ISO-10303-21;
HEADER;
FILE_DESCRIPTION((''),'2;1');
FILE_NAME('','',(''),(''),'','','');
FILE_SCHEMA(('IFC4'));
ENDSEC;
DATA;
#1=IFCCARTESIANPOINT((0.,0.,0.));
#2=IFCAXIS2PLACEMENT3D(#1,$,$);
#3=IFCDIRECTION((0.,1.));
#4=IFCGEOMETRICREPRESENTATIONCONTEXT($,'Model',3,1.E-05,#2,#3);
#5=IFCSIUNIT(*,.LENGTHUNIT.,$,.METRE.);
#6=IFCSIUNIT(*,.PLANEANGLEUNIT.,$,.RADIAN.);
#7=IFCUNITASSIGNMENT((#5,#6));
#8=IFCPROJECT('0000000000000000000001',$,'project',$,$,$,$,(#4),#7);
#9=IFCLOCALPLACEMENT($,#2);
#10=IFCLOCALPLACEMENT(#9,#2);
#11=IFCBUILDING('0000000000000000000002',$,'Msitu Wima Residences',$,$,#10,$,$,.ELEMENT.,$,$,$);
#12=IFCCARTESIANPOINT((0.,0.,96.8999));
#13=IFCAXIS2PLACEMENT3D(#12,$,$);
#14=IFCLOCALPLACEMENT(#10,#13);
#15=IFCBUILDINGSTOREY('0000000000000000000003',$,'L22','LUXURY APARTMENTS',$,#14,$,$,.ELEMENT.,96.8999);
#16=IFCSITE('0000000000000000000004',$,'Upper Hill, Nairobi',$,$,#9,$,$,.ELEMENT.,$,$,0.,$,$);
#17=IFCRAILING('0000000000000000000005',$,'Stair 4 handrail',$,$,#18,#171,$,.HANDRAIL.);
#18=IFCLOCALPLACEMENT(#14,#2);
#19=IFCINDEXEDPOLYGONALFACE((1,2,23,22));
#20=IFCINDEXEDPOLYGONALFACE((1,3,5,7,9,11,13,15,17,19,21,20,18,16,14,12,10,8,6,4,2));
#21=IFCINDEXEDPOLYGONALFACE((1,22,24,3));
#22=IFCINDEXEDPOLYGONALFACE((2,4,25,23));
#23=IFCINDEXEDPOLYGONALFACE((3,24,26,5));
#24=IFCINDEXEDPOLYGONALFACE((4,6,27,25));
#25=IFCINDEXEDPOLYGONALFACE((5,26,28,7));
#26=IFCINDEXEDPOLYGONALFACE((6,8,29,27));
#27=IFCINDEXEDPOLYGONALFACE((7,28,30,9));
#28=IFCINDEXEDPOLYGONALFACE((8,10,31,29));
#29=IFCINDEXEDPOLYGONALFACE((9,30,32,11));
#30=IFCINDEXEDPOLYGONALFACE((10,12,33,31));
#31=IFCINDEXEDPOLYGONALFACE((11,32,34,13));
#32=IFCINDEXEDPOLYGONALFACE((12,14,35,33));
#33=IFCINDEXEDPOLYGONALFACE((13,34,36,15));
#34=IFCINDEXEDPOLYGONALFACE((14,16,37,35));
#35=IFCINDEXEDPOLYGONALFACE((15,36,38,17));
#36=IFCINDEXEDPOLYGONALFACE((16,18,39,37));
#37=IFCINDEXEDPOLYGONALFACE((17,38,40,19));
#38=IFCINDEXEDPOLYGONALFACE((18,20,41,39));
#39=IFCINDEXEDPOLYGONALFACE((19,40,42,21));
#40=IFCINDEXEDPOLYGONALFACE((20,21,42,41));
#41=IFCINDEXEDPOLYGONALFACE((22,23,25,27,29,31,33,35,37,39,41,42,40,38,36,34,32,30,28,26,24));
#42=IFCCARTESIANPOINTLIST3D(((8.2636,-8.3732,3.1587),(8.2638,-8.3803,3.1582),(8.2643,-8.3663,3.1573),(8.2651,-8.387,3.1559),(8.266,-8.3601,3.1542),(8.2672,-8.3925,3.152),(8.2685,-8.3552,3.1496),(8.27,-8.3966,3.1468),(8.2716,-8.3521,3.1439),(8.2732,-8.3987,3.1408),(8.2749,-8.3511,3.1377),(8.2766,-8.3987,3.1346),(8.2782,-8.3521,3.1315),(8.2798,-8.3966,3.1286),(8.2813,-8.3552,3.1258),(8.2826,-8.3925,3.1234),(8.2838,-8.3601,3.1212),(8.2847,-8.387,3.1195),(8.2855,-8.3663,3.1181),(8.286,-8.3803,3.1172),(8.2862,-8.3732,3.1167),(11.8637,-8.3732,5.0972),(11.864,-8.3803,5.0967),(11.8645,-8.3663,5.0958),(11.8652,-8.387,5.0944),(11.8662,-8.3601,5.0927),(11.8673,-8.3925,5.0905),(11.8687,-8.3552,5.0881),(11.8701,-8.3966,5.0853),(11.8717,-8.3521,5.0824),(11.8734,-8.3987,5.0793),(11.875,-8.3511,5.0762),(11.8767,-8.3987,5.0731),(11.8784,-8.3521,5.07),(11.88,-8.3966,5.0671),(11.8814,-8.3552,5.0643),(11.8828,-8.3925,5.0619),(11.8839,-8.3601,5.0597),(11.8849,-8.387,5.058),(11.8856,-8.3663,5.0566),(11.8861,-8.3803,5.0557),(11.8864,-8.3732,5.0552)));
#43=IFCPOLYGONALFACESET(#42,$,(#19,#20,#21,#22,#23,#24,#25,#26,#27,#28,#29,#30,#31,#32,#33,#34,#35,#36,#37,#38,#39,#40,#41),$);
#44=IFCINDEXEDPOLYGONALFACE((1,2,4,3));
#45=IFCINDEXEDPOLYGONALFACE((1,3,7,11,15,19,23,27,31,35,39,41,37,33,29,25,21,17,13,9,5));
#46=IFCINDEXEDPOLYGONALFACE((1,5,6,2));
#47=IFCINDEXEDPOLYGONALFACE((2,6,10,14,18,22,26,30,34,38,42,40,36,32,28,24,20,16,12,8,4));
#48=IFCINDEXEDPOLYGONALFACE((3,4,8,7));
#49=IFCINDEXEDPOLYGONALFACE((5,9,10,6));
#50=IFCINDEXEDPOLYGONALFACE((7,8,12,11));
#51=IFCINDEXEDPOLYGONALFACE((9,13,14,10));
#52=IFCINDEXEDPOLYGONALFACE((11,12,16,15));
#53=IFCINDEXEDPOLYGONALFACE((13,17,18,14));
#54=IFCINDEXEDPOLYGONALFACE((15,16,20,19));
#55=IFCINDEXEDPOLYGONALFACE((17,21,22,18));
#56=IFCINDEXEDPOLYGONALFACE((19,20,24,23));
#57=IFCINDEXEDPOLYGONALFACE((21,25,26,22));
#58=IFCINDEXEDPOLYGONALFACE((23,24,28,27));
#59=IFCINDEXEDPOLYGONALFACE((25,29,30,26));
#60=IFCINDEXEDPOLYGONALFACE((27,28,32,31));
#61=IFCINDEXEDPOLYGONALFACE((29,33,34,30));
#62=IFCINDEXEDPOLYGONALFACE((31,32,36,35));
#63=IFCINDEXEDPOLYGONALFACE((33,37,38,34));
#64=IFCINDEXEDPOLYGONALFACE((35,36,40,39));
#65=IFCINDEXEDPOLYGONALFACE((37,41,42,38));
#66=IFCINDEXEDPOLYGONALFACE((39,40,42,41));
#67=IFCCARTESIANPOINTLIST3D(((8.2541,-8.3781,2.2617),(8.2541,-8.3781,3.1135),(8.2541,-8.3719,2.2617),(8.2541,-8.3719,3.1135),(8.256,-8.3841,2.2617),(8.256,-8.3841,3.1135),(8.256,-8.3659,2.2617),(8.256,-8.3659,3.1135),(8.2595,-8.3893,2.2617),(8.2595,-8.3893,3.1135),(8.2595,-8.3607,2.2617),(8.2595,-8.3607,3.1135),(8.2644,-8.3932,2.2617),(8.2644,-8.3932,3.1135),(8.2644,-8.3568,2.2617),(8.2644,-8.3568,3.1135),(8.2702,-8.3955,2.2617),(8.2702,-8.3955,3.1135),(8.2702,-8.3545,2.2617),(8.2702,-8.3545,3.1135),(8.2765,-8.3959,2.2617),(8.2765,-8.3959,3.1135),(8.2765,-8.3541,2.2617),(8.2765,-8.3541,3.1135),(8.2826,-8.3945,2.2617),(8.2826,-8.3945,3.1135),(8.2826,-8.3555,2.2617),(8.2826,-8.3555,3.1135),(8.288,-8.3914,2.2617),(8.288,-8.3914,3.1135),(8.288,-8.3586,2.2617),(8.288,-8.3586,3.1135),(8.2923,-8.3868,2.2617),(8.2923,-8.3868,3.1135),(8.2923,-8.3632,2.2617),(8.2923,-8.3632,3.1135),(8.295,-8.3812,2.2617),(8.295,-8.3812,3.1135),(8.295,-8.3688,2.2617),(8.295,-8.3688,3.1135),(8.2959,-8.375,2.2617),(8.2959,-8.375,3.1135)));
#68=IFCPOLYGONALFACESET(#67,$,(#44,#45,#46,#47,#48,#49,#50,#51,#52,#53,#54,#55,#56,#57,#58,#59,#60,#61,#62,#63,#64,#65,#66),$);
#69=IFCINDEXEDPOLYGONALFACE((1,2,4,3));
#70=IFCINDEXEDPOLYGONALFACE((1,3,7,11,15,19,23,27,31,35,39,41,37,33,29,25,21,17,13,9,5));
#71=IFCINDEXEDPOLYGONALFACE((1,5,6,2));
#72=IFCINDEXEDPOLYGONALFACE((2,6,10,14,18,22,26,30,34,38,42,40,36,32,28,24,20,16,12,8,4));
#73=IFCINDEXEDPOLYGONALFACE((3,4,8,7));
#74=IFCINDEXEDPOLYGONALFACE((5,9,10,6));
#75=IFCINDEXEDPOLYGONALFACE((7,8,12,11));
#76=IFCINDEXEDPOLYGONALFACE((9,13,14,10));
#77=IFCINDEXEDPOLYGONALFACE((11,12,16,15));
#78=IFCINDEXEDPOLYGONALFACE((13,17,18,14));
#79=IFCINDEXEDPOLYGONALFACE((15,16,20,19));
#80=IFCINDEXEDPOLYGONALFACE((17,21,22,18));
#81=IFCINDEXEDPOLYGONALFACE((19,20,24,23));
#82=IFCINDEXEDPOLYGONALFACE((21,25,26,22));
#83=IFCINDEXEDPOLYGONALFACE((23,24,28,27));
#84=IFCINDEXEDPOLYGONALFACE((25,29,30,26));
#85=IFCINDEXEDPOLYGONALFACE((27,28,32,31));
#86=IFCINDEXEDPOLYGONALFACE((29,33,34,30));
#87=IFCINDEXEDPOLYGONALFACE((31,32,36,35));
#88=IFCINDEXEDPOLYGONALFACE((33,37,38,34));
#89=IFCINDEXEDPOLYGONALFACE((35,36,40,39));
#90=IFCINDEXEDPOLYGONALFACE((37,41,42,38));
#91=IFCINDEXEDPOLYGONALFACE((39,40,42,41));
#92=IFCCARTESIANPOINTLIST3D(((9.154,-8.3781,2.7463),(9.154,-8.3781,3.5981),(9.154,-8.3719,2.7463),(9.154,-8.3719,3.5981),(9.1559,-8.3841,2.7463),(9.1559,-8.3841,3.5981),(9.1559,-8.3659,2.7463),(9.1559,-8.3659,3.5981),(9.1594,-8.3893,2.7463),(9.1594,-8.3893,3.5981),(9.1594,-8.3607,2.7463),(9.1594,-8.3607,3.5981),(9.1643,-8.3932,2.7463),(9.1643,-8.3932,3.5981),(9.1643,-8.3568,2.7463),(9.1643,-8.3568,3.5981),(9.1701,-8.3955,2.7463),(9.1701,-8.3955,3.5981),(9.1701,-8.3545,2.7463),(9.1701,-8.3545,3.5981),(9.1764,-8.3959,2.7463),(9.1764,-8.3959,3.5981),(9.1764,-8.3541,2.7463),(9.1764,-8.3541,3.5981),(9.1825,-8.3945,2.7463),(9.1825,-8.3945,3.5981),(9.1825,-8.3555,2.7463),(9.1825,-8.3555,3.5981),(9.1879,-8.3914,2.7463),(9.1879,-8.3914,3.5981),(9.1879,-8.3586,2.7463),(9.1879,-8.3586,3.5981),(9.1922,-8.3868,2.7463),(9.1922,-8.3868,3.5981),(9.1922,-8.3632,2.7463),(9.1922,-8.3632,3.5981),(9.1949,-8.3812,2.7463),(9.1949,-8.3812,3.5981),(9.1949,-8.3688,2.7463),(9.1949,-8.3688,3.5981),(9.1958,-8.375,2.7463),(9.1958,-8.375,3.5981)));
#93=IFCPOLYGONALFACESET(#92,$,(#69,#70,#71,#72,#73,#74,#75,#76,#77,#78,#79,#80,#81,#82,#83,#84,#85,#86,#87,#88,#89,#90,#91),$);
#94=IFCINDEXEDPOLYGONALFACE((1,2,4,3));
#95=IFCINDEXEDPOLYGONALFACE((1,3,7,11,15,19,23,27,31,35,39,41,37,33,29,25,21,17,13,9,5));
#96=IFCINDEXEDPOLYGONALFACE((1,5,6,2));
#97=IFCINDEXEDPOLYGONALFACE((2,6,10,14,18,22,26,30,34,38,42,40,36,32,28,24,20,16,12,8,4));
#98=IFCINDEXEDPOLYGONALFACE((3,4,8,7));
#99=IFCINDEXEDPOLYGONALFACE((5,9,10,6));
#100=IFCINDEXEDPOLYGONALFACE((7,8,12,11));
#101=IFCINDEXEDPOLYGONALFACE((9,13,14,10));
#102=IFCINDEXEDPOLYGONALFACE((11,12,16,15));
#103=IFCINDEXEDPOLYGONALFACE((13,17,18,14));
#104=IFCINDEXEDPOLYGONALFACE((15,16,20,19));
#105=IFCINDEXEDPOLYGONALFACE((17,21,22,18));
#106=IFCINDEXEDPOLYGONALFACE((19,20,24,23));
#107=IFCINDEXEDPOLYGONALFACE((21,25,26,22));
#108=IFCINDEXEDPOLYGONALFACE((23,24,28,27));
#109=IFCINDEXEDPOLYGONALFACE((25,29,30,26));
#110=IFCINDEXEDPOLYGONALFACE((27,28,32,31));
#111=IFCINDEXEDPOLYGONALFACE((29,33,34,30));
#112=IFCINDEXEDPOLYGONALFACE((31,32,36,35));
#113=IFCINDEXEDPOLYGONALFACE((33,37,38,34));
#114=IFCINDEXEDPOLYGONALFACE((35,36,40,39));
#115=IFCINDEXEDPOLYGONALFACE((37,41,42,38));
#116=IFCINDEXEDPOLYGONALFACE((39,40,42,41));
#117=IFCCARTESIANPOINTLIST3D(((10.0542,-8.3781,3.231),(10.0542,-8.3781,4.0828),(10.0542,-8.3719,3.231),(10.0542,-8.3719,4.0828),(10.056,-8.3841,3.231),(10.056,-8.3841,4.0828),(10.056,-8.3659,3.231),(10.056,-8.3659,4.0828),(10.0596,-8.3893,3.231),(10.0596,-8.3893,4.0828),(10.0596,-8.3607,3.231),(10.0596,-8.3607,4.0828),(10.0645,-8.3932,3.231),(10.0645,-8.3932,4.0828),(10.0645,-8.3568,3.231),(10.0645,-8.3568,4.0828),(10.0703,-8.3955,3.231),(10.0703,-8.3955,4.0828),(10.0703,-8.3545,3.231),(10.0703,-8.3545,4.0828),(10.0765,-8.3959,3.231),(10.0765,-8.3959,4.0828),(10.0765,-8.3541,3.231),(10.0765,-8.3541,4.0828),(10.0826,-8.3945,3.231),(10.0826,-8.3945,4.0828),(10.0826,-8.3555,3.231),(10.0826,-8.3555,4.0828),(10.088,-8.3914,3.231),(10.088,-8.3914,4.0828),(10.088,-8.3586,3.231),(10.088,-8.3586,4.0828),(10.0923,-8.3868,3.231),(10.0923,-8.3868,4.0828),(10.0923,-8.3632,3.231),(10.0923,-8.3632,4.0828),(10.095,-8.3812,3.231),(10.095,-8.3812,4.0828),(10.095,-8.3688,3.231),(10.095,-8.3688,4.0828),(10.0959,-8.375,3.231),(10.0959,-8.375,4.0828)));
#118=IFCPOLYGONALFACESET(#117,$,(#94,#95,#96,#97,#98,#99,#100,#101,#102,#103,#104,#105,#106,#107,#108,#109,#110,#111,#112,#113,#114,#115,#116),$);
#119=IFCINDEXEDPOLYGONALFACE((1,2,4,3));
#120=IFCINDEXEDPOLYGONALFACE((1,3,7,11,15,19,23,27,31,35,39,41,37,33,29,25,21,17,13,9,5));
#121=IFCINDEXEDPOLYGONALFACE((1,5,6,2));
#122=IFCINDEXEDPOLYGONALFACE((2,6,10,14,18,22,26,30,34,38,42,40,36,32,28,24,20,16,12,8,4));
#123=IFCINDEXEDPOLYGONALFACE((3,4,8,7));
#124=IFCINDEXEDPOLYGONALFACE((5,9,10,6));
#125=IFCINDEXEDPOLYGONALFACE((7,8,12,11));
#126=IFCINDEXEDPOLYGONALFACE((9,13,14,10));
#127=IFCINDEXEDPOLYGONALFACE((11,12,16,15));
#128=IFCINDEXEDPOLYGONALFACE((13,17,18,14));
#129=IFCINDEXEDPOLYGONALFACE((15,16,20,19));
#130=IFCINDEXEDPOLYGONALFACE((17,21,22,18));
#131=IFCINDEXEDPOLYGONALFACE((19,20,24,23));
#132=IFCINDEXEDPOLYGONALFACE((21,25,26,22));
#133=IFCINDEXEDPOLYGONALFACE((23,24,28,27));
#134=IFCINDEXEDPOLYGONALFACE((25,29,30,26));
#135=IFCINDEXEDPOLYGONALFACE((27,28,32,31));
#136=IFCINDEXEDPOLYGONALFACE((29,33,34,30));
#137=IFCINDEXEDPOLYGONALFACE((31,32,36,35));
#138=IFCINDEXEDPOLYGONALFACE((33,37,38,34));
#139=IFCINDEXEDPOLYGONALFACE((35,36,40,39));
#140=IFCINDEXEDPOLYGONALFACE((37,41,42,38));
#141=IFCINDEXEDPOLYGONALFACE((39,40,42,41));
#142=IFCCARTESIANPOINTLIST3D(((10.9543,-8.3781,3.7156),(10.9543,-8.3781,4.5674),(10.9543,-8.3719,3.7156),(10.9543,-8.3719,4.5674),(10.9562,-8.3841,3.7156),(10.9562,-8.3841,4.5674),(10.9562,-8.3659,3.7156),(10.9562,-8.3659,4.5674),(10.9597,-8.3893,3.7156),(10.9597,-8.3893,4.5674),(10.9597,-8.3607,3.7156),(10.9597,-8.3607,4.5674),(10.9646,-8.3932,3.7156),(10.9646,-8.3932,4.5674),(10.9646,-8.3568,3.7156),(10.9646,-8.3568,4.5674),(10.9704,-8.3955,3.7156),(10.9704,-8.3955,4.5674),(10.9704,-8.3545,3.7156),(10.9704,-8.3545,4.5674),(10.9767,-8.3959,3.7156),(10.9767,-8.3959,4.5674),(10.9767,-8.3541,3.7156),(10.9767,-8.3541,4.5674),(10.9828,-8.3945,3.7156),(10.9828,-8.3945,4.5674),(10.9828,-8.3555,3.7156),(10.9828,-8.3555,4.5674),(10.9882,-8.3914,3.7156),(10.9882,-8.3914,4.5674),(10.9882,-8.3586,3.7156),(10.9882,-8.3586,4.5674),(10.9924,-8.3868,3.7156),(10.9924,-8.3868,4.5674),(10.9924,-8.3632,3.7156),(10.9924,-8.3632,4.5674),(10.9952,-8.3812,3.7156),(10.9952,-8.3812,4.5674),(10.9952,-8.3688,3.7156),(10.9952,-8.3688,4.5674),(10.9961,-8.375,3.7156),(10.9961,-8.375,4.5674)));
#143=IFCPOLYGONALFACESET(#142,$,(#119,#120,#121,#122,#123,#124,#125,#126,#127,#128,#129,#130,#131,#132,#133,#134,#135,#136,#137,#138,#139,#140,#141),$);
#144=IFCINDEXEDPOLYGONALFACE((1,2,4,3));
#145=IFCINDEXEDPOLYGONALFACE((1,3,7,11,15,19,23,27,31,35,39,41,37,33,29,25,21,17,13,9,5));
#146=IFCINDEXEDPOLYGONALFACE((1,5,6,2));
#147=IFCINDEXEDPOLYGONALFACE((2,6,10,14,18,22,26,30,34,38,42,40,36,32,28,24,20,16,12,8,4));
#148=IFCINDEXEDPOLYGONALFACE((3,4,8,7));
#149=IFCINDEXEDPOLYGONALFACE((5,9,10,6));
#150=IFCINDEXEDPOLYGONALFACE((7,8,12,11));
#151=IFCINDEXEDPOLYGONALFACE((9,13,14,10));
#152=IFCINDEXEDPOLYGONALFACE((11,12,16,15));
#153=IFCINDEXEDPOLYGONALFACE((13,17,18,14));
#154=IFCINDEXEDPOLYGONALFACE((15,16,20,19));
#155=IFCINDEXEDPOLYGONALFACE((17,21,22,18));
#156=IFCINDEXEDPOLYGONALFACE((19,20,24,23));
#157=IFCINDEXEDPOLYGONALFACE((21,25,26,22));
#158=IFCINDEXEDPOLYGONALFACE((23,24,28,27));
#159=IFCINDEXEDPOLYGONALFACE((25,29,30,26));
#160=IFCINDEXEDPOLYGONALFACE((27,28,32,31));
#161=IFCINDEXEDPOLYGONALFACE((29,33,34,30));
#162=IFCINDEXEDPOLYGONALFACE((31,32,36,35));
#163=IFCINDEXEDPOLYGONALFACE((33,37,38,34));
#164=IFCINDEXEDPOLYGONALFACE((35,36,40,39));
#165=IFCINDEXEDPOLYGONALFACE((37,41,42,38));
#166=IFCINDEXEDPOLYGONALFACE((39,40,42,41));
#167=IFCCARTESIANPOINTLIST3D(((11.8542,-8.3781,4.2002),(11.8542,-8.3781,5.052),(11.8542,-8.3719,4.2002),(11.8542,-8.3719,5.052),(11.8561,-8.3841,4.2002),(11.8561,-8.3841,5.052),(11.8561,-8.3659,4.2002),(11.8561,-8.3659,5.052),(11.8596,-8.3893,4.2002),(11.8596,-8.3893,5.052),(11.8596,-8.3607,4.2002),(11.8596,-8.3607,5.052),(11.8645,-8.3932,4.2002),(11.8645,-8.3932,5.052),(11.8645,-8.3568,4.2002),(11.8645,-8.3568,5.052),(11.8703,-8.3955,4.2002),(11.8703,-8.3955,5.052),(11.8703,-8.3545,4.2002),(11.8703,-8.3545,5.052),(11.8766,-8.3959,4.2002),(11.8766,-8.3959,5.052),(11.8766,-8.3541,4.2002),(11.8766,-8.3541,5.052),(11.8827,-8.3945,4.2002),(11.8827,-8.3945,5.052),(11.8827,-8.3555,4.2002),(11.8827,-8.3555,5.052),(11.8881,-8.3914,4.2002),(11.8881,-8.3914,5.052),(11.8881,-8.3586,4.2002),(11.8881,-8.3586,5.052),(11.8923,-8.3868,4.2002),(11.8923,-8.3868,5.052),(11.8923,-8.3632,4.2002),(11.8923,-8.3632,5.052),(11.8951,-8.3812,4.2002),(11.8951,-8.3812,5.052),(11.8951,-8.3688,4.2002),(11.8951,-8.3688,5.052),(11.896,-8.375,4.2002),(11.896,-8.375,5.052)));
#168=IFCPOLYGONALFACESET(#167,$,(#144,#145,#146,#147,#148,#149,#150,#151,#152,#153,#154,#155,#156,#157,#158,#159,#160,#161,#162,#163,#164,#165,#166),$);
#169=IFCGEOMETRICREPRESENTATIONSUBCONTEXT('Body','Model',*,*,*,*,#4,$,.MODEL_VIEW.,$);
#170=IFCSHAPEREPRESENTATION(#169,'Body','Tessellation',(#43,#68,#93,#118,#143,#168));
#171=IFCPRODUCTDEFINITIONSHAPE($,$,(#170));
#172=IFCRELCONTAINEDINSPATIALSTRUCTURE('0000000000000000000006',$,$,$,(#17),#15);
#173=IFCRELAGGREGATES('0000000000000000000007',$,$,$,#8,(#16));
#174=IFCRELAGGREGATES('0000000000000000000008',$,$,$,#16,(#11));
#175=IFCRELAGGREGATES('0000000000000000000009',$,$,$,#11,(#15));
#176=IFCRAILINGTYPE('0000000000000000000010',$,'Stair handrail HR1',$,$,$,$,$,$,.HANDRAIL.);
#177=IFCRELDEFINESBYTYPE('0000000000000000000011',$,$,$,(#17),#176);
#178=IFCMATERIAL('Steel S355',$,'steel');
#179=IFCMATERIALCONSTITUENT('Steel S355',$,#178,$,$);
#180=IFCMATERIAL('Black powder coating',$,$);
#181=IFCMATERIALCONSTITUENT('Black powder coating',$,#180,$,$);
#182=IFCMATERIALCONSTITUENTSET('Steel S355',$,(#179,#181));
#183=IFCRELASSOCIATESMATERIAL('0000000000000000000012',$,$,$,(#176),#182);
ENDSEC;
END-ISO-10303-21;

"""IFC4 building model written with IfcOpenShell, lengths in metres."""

from ifc_helpers import new_model, si_unit, direction, frame, origin, origin_2d, place, context, subcontext, project, spatial, circle, extrude, material, constituent, constituent_set, type_object, element, save


model = new_model("IFC4")

# Units and contexts
model_context = context("Model", 3, precision=1e-05, world=origin(), true_north=direction((0.0, 1.0)))
body_context = subcontext(model_context, "Body", "Model", "MODEL_VIEW")
ifc_project = project(units=[si_unit("LENGTHUNIT", "METRE"), si_unit("PLANEANGLEUNIT", "RADIAN")], contexts=[model_context])

# Site, building, storey
site_placement = place(None, origin())
site = spatial("IfcSite", under=ifc_project, at=site_placement, Name="Upper Hill, Nairobi", CompositionType="ELEMENT", RefElevation=0.0)
building_placement = place(site_placement, origin())
building = spatial("IfcBuilding", under=site, at=building_placement, Name="Msitu Wima Residences", CompositionType="ELEMENT")
storey_placement = place(building_placement, frame((0.0, 0.0, 96.8999)))
storey = spatial("IfcBuildingStorey", under=building, at=storey_placement, Name="L22", Description="LUXURY APARTMENTS", CompositionType="ELEMENT", Elevation=96.8999)

# Railing
ifc_material_1 = material(Name="Steel S355", Category="steel")
ifc_constituent_1 = constituent(ifc_material_1, Name="Steel S355")
ifc_material_2 = material(Name="Black powder coating")
ifc_constituent_2 = constituent(ifc_material_2, Name="Black powder coating")
ifc_constituent_set = constituent_set(constituents=[ifc_constituent_1, ifc_constituent_2], Name="Steel S355")
railing_type = type_object("IfcRailingType", Name="Stair handrail HR1", PredefinedType="HANDRAIL", material=ifc_constituent_set)
for number, where, name in (
    (1, (8.2749, -8.375, 2.2617), "Stair 4 handrail"),
):
    element("IfcRailing", number, at=place(storey_placement, frame(where)), inside=storey, type_object=railing_type, Name=name, PredefinedType="HANDRAIL", context=body_context, shape_type="SweptSolid", body=[
        extrude(circle(Radius=0.0239, at=origin_2d()), frame((0.0, 0.0, 0.876), z_axis=(0.880475, 0.0, 0.474093), x_axis=(0.0, 1.0, 0.0)), (0.0, 0.0, 1.0), 4.0889),
        extrude(circle(Radius=0.021, at=origin_2d()), origin(), (0.0, 0.0, 1.0), 0.8518),
        extrude(circle(Radius=0.021, at=origin_2d()), frame((0.8999, 0.0, 0.4846)), (0.0, 0.0, 1.0), 0.8518),
        extrude(circle(Radius=0.021, at=origin_2d()), frame((1.8, 0.0, 0.9692)), (0.0, 0.0, 1.0), 0.8518),
        extrude(circle(Radius=0.021, at=origin_2d()), frame((2.7002, 0.0, 1.4539)), (0.0, 0.0, 1.0), 0.8518),
        extrude(circle(Radius=0.021, at=origin_2d()), frame((3.6001, 0.0, 1.9385)), (0.0, 0.0, 1.0), 0.8518),
    ])

save(model, "model.ifc")
